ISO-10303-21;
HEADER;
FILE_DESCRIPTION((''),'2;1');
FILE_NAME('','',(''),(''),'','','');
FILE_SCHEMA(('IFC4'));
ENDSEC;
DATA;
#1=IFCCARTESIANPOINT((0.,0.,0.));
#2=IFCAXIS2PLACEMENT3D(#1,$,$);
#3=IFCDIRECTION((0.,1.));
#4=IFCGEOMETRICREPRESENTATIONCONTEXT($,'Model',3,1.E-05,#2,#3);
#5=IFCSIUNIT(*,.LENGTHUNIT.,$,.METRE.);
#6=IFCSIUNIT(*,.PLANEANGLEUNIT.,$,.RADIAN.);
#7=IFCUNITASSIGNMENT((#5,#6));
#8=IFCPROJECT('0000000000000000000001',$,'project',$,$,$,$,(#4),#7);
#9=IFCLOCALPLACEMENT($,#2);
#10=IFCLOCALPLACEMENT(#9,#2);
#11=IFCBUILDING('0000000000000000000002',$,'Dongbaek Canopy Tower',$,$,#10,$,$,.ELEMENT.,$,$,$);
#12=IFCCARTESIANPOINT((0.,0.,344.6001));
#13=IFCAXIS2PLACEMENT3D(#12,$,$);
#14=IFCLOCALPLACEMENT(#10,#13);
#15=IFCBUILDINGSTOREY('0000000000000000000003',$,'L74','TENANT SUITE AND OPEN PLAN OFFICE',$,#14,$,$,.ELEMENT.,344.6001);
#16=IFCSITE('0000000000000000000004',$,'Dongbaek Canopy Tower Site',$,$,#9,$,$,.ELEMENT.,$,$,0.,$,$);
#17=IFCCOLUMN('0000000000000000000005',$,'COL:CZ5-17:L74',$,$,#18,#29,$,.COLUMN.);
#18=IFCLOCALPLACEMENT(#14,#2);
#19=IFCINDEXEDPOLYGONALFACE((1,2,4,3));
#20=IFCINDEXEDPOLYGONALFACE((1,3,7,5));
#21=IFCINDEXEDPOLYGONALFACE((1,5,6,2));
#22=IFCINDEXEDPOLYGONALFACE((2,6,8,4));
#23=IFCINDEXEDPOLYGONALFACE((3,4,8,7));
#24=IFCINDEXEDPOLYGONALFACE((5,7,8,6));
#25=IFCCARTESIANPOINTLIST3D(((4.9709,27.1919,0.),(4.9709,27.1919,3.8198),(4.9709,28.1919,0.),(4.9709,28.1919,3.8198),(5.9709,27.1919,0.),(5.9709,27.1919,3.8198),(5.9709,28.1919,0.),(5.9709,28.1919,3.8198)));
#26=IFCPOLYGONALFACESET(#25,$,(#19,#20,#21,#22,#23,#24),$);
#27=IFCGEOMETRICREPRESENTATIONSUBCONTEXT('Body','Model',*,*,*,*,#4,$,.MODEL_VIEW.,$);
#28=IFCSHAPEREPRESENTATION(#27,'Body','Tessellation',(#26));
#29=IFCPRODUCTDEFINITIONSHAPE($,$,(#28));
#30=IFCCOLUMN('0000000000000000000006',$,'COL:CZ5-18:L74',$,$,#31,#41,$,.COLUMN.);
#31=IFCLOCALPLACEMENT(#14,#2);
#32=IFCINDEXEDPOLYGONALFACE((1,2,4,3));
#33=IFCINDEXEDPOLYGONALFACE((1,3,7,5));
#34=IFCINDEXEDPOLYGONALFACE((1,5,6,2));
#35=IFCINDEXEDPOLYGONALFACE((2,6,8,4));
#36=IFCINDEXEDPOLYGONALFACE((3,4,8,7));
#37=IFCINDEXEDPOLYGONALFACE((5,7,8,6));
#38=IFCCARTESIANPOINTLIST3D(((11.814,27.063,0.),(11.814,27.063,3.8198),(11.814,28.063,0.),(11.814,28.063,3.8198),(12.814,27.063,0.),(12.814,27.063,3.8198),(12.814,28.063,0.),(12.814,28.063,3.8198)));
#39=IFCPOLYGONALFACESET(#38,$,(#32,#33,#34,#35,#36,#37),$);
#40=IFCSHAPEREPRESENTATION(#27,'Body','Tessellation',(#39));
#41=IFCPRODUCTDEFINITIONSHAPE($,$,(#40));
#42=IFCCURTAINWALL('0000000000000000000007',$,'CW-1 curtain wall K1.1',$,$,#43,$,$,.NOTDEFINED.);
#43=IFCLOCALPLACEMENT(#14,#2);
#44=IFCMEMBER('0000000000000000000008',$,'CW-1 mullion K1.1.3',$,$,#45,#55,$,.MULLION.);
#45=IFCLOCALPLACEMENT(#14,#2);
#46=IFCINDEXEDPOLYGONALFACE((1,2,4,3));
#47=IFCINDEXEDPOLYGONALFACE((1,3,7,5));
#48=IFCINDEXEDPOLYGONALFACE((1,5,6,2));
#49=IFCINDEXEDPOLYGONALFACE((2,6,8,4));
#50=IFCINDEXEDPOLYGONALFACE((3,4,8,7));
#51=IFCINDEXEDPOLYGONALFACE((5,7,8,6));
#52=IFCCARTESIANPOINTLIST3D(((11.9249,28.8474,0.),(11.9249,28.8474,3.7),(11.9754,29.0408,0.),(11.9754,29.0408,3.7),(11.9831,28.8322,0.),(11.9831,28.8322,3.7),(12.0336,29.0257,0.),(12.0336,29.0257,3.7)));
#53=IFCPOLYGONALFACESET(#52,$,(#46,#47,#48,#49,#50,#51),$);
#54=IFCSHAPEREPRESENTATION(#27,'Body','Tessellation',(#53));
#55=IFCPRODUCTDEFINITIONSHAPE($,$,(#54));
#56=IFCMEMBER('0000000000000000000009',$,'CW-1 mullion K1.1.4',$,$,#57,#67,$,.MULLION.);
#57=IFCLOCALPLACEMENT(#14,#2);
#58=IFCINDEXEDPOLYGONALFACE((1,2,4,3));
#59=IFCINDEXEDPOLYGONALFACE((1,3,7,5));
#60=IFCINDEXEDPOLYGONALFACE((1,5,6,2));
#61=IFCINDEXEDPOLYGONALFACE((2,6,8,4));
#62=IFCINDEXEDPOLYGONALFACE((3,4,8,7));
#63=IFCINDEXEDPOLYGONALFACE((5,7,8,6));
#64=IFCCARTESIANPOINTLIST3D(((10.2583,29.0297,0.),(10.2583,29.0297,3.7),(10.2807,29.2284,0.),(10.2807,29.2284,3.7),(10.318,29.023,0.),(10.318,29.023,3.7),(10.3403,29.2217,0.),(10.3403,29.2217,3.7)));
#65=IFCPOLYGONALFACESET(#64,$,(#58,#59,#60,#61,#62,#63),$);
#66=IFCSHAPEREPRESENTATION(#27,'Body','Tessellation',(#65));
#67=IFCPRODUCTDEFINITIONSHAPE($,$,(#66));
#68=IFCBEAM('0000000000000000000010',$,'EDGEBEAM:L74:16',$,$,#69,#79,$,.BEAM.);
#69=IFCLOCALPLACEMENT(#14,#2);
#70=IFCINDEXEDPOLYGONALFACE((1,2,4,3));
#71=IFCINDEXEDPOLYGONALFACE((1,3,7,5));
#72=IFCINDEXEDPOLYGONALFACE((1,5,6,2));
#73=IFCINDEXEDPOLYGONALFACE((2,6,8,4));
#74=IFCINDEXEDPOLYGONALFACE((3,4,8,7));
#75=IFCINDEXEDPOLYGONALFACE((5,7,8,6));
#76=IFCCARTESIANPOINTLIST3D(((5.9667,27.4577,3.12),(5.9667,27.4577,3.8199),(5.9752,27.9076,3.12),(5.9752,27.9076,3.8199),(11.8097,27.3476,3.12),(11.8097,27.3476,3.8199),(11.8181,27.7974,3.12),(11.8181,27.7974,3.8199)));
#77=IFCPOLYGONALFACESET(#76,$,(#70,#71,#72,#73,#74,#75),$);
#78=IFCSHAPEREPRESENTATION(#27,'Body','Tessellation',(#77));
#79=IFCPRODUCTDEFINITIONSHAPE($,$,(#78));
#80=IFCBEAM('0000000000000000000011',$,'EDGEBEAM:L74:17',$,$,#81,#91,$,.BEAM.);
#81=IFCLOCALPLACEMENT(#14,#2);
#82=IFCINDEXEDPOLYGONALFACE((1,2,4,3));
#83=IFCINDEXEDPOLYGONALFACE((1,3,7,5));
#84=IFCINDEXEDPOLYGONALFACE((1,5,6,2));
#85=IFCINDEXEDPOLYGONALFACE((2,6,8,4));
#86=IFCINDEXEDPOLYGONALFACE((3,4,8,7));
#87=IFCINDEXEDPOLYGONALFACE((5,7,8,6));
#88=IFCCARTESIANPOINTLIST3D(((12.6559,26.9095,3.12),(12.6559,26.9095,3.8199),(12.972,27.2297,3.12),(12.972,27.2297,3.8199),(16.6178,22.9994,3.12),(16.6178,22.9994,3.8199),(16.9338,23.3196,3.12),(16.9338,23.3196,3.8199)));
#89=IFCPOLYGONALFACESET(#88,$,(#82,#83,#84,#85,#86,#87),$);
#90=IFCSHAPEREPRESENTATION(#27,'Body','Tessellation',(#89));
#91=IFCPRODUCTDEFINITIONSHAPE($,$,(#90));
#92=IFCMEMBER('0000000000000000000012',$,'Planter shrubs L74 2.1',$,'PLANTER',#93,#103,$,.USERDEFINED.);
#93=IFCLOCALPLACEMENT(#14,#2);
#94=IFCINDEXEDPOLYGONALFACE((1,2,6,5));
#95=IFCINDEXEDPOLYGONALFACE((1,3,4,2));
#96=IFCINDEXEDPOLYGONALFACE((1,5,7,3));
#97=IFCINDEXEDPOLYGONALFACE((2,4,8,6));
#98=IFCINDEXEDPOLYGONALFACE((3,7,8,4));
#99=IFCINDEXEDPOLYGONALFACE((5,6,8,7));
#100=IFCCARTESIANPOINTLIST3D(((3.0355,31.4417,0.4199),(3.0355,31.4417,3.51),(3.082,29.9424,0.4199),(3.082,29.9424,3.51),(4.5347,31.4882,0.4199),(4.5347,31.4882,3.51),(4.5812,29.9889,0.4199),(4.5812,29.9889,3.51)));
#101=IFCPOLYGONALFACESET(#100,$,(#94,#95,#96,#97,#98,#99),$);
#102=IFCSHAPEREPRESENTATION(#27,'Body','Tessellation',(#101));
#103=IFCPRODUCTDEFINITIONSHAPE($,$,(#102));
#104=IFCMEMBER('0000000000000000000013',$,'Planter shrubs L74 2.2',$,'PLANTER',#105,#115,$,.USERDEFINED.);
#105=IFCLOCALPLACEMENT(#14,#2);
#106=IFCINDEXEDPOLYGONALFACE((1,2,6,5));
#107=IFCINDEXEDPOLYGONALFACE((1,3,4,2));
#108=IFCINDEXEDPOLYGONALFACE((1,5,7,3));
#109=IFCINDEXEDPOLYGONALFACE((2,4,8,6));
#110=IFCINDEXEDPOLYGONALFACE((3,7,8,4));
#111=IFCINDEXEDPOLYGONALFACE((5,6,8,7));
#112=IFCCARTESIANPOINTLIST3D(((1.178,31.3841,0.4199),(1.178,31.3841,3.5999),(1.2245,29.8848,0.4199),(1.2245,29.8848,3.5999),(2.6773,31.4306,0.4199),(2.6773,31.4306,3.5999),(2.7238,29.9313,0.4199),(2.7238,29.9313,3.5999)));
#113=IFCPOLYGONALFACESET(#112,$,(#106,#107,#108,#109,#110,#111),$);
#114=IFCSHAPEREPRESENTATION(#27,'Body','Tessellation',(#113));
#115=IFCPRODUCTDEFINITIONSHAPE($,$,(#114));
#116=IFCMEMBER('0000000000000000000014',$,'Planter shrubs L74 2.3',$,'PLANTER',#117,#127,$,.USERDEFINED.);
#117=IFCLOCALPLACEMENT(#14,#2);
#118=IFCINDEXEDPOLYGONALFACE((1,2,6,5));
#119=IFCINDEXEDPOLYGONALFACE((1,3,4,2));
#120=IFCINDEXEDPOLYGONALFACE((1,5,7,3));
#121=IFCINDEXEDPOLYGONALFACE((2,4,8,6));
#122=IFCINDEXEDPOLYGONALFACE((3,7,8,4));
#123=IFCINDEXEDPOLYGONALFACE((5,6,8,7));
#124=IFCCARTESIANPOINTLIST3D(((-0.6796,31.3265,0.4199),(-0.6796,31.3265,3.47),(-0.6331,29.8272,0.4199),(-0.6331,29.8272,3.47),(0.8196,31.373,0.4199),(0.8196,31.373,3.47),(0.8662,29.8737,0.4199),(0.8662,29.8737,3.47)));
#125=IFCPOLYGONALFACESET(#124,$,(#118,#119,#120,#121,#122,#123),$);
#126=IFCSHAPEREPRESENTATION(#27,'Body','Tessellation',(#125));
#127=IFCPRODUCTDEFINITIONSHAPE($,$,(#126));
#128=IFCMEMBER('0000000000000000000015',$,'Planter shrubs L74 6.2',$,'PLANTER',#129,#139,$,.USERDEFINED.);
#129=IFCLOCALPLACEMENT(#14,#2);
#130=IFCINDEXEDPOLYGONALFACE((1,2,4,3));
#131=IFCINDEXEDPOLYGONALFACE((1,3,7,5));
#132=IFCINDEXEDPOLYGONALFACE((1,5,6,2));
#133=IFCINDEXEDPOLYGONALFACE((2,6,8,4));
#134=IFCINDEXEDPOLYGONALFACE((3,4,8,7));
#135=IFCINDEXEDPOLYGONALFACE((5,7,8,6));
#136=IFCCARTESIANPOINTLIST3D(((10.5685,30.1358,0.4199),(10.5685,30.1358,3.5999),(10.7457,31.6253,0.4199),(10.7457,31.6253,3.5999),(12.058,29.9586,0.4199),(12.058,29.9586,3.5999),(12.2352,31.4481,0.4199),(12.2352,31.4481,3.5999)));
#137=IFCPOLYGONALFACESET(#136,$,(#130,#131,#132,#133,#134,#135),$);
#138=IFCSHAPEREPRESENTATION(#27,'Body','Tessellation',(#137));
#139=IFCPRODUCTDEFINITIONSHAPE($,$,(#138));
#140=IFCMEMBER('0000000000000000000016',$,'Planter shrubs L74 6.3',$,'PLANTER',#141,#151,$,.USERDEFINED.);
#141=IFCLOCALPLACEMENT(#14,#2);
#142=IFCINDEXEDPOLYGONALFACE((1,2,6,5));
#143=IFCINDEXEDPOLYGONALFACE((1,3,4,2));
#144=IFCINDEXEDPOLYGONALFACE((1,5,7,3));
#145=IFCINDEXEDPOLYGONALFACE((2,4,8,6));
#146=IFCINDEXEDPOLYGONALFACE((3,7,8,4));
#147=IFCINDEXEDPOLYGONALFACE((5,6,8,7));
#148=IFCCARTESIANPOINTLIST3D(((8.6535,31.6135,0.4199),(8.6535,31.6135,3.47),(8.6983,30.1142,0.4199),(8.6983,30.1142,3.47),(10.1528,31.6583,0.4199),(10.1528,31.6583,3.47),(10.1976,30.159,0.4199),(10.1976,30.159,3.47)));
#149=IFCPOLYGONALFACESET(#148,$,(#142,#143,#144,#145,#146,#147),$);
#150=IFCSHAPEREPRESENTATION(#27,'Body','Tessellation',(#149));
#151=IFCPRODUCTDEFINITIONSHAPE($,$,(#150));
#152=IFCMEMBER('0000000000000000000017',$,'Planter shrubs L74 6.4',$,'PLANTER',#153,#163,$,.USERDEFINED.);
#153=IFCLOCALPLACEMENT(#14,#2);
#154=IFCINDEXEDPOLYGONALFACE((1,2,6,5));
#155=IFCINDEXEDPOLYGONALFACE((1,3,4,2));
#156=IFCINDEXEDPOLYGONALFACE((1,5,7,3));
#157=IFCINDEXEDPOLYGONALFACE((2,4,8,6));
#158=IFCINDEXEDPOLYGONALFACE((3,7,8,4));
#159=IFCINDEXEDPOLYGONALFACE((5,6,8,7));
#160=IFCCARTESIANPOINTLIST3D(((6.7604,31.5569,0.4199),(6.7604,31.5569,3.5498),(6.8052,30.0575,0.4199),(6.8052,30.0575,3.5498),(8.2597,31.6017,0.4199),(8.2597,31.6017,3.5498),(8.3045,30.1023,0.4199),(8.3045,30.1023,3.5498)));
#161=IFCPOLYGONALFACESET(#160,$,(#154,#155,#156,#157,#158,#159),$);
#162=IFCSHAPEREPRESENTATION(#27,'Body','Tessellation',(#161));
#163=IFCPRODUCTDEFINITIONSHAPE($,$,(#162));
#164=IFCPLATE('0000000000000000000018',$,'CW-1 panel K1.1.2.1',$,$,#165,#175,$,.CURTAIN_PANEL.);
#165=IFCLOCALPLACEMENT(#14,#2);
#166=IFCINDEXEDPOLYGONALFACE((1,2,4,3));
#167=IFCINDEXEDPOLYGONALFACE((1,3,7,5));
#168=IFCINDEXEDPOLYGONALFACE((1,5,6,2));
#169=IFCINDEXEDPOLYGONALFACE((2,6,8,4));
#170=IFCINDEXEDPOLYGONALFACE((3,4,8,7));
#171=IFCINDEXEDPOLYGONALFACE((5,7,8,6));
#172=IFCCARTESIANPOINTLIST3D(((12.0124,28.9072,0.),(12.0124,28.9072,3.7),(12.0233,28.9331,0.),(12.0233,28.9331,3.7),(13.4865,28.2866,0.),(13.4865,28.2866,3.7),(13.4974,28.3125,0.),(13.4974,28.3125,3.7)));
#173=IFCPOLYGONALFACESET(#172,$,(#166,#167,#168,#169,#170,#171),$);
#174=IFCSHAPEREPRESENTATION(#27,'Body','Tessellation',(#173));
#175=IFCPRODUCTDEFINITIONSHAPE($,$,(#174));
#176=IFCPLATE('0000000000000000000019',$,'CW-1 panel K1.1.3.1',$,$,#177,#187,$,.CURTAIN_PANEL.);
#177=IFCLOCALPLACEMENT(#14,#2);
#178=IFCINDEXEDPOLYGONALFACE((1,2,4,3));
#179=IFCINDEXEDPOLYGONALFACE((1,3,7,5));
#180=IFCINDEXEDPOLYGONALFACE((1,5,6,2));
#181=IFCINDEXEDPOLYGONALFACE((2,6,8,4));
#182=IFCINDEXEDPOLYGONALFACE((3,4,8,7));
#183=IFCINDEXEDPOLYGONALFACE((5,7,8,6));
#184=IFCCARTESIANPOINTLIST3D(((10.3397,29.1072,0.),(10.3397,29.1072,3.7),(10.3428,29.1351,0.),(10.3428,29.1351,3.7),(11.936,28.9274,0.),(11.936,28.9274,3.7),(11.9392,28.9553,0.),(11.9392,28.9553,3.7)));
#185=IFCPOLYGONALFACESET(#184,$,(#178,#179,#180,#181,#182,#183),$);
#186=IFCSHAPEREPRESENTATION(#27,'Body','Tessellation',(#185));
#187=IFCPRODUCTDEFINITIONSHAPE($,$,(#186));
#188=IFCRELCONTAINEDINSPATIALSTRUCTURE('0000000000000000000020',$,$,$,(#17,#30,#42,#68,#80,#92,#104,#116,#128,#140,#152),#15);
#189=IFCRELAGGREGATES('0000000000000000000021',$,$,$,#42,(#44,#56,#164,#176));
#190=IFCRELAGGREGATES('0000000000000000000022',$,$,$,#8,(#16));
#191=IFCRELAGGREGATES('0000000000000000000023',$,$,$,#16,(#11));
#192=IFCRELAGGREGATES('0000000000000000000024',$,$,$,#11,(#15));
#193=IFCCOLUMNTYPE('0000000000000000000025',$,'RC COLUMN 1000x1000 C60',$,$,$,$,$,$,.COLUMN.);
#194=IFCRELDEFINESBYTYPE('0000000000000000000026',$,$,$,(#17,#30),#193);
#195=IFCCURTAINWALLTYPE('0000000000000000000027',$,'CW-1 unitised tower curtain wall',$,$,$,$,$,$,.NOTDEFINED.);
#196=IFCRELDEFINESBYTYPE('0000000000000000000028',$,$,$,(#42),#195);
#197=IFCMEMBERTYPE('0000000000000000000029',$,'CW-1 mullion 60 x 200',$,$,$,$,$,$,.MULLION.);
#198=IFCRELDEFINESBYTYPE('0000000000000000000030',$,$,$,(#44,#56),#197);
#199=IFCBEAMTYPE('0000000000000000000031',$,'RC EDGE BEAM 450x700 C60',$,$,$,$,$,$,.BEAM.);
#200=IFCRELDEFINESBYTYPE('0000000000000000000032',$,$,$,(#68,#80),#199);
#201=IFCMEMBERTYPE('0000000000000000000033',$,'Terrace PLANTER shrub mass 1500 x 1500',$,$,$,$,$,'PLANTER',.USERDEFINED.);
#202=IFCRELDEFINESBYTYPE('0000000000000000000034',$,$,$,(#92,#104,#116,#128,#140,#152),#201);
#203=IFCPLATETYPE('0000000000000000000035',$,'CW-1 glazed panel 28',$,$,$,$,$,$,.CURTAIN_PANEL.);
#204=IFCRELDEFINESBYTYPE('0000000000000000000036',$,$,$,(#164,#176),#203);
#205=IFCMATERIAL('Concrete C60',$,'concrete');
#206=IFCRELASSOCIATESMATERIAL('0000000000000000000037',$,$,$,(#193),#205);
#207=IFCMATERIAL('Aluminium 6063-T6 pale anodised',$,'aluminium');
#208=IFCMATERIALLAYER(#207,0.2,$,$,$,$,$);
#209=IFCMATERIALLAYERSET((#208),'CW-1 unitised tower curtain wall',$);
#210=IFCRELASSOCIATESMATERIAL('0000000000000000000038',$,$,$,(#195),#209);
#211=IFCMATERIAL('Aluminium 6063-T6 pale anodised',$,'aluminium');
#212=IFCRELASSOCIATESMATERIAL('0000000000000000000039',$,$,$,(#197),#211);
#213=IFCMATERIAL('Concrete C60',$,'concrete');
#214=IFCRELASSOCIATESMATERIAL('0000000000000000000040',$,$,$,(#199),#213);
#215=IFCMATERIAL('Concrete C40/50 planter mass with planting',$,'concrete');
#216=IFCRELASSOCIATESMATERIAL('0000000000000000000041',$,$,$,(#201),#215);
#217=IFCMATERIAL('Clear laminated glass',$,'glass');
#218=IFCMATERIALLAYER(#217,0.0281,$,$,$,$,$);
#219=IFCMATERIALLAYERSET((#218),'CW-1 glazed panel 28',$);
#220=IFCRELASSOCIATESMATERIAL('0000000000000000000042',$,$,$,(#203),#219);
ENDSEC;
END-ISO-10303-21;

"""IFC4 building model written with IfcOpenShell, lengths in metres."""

from ifc_helpers import new_model, si_unit, direction, frame, origin, origin_2d, place, context, subcontext, project, spatial, rectangle, extrude, material, layer, layer_set, material_profile, profile_set, type_object, element, aggregate, save


model = new_model("IFC4")

# Units and contexts
model_context = context("Model", 3, precision=1e-05, world=origin(), true_north=direction((0.0, 1.0)))
body_context = subcontext(model_context, "Body", "Model", "MODEL_VIEW")
ifc_project = project(units=[si_unit("LENGTHUNIT", "METRE"), si_unit("PLANEANGLEUNIT", "RADIAN")], contexts=[model_context])

# Site, building, storey
site_placement = place(None, origin())
site = spatial("IfcSite", under=ifc_project, at=site_placement, Name="Dongbaek Canopy Tower Site", CompositionType="ELEMENT", RefElevation=0.0)
building_placement = place(site_placement, origin())
building = spatial("IfcBuilding", under=site, at=building_placement, Name="Dongbaek Canopy Tower", CompositionType="ELEMENT")
storey_placement = place(building_placement, frame((0.0, 0.0, 344.6001)))
storey = spatial("IfcBuildingStorey", under=building, at=storey_placement, Name="L74", Description="TENANT SUITE AND OPEN PLAN OFFICE", CompositionType="ELEMENT", Elevation=344.6001)

# Columns
ifc_material_1 = material(Name="Concrete C60", Category="concrete")
ifc_material_profile_1 = material_profile(ifc_material_1, rectangle(XDim=1.0, YDim=1.0, at=origin_2d()), Name="RC COLUMN 1000x1000 C60")
ifc_profile_set_1 = profile_set([ifc_material_profile_1], Name="Concrete C60")
column_type = type_object("IfcColumnType", Name="RC COLUMN 1000x1000 C60", PredefinedType="COLUMN", material=ifc_profile_set_1)
for number, where, z_axis, x_axis, name in (
    (1, (5.4709, 27.6919, 0.0), (0.0, 0.0, 1.0), (1.0, 0.0, 0.0), "COL:CZ5-17:L74"),
    (2, (12.314, 27.563, 0.0), (0.0, 0.0, 1.0), (1.0, 0.0, 0.0), "COL:CZ5-18:L74"),
):
    element("IfcColumn", number, at=place(storey_placement, frame(where, z_axis=z_axis, x_axis=x_axis)), inside=storey, type_object=column_type, Name=name, PredefinedType="COLUMN", context=body_context, shape_type="SweptSolid", body=[
        extrude(rectangle(XDim=1.0, YDim=1.0, at=origin_2d()), origin(), (0.0, 0.0, 1.0), 3.8198),
    ])

# Curtain wall, members
ifc_material_2 = material(Name="Aluminium 6063-T6 pale anodised", Category="aluminium")
ifc_layer_1 = layer(ifc_material_2, 0.2)
ifc_layer_set_1 = layer_set([ifc_layer_1], Name="CW-1 unitised tower curtain wall")
curtain_wall_type = type_object("IfcCurtainWallType", Name="CW-1 unitised tower curtain wall", PredefinedType="NOTDEFINED", material=ifc_layer_set_1)
curtain_wall_placement = place(storey_placement, origin())
curtain_wall = element("IfcCurtainWall", 3, at=curtain_wall_placement, inside=storey, type_object=curtain_wall_type, Name="CW-1 curtain wall K1.1", PredefinedType="NOTDEFINED")
ifc_material_3 = material(Name="Aluminium 6063-T6 pale anodised", Category="aluminium")
ifc_material_profile_2 = material_profile(ifc_material_3, rectangle(XDim=0.2, YDim=0.0601, at=origin_2d()), Name="CW-1 mullion 60 x 200")
ifc_profile_set_2 = profile_set([ifc_material_profile_2], Name="Aluminium 6063-T6 pale anodised")
member_type_1 = type_object("IfcMemberType", Name="CW-1 mullion 60 x 200", PredefinedType="MULLION", material=ifc_profile_set_2)
member_1_placement = place(storey_placement, frame((11.9792, 28.9365, 0.0), z_axis=(0.0, 0.0, 1.0), x_axis=(0.252556, 0.967582, 0.0)))
member_1 = element("IfcMember", 4, at=member_1_placement, type_object=member_type_1, Name="CW-1 mullion K1.1.3", PredefinedType="MULLION", context=body_context, shape_type="SweptSolid", body=[
    extrude(rectangle(XDim=0.2, YDim=0.0601, at=origin_2d()), origin(), (0.0, 0.0, 1.0), 3.7),
])
member_2_placement = place(storey_placement, frame((10.2993, 29.1257, 0.0), z_axis=(0.0, 0.0, 1.0), x_axis=(0.111921, 0.993717, 0.0)))
member_2 = element("IfcMember", 5, at=member_2_placement, type_object=member_type_1, Name="CW-1 mullion K1.1.4", PredefinedType="MULLION", context=body_context, shape_type="SweptSolid", body=[
    extrude(rectangle(XDim=0.2, YDim=0.0601, at=origin_2d()), origin(), (0.0, 0.0, 1.0), 3.7),
])

# Beams
ifc_material_4 = material(Name="Concrete C60", Category="concrete")
ifc_material_profile_3 = material_profile(ifc_material_4, rectangle(XDim=0.45, YDim=0.7, at=origin_2d()), Name="RC EDGE BEAM 450x700 C60")
ifc_profile_set_3 = profile_set([ifc_material_profile_3], Name="Concrete C60")
beam_type = type_object("IfcBeamType", Name="RC EDGE BEAM 450x700 C60", PredefinedType="BEAM", material=ifc_profile_set_3)
beam_1_placement = place(storey_placement, frame((5.9709, 27.6826, 3.47), z_axis=(0.999822, -0.018841, 0.0), x_axis=(0.018841, 0.999822, 0.0)))
element("IfcBeam", 6, at=beam_1_placement, inside=storey, type_object=beam_type, Name="EDGEBEAM:L74:16", PredefinedType="BEAM", context=body_context, shape_type="SweptSolid", body=[
    extrude(rectangle(XDim=0.45, YDim=0.7, at=origin_2d()), origin(), (0.0, 0.0, 1.0), 5.844),
])
beam_2_placement = place(storey_placement, frame((12.814, 27.0696, 3.47), z_axis=(0.711741, -0.702442, 0.0), x_axis=(0.702442, 0.711741, 0.0)))
element("IfcBeam", 7, at=beam_2_placement, inside=storey, type_object=beam_type, Name="EDGEBEAM:L74:17", PredefinedType="BEAM", context=body_context, shape_type="SweptSolid", body=[
    extrude(rectangle(XDim=0.45, YDim=0.7, at=origin_2d()), origin(), (0.0, 0.0, 1.0), 5.5664),
])

# Members
ifc_material_5 = material(Name="Concrete C40/50 planter mass with planting", Category="concrete")
ifc_material_profile_4 = material_profile(ifc_material_5, rectangle(XDim=1.5, YDim=1.5, at=origin_2d()), Name="Terrace PLANTER shrub mass 1500 x 1500")
ifc_profile_set_4 = profile_set([ifc_material_profile_4], Name="Concrete C40/50 planter mass with planting")
member_type_2 = type_object("IfcMemberType", Name="Terrace PLANTER shrub mass 1500 x 1500", ElementType="PLANTER", PredefinedType="USERDEFINED", material=ifc_profile_set_4)
member_3_placement = place(storey_placement, frame((3.8083, 30.7153, 0.4199), z_axis=(0.0, 0.0, 1.0), x_axis=(-0.031003, 0.999519, 0.0)))
element("IfcMember", 8, at=member_3_placement, inside=storey, type_object=member_type_2, Name="Planter shrubs L74 2.1", ObjectType="PLANTER", PredefinedType="USERDEFINED", context=body_context, shape_type="SweptSolid", body=[
    extrude(rectangle(XDim=1.5, YDim=1.5, at=origin_2d()), origin(), (0.0, 0.0, 1.0), 3.0901),
])
member_4_placement = place(storey_placement, frame((1.9509, 30.6577, 0.4199), z_axis=(0.0, 0.0, 1.0), x_axis=(-0.031003, 0.999519, 0.0)))
element("IfcMember", 9, at=member_4_placement, inside=storey, type_object=member_type_2, Name="Planter shrubs L74 2.2", ObjectType="PLANTER", PredefinedType="USERDEFINED", context=body_context, shape_type="SweptSolid", body=[
    extrude(rectangle(XDim=1.5, YDim=1.5, at=origin_2d()), origin(), (0.0, 0.0, 1.0), 3.1799),
])
member_5_placement = place(storey_placement, frame((0.0933, 30.6001, 0.4199), z_axis=(0.0, 0.0, 1.0), x_axis=(-0.031003, 0.999519, 0.0)))
element("IfcMember", 10, at=member_5_placement, inside=storey, type_object=member_type_2, Name="Planter shrubs L74 2.3", ObjectType="PLANTER", PredefinedType="USERDEFINED", context=body_context, shape_type="SweptSolid", body=[
    extrude(rectangle(XDim=1.5, YDim=1.5, at=origin_2d()), origin(), (0.0, 0.0, 1.0), 3.05),
])
member_6_placement = place(storey_placement, frame((11.4019, 30.792, 0.4199), z_axis=(0.0, 0.0, 1.0), x_axis=(0.118129, 0.992998, 0.0)))
element("IfcMember", 11, at=member_6_placement, inside=storey, type_object=member_type_2, Name="Planter shrubs L74 6.2", ObjectType="PLANTER", PredefinedType="USERDEFINED", context=body_context, shape_type="SweptSolid", body=[
    extrude(rectangle(XDim=1.5, YDim=1.5, at=origin_2d()), origin(), (0.0, 0.0, 1.0), 3.1799),
])
member_7_placement = place(storey_placement, frame((9.4255, 30.8862, 0.4199), z_axis=(0.0, 0.0, 1.0), x_axis=(-0.029861, 0.999554, 0.0)))
element("IfcMember", 12, at=member_7_placement, inside=storey, type_object=member_type_2, Name="Planter shrubs L74 6.3", ObjectType="PLANTER", PredefinedType="USERDEFINED", context=body_context, shape_type="SweptSolid", body=[
    extrude(rectangle(XDim=1.5, YDim=1.5, at=origin_2d()), origin(), (0.0, 0.0, 1.0), 3.05),
])
member_8_placement = place(storey_placement, frame((7.5325, 30.8296, 0.4199), z_axis=(0.0, 0.0, 1.0), x_axis=(-0.029861, 0.999554, 0.0)))
element("IfcMember", 13, at=member_8_placement, inside=storey, type_object=member_type_2, Name="Planter shrubs L74 6.4", ObjectType="PLANTER", PredefinedType="USERDEFINED", context=body_context, shape_type="SweptSolid", body=[
    extrude(rectangle(XDim=1.5, YDim=1.5, at=origin_2d()), origin(), (0.0, 0.0, 1.0), 3.1299),
])

# Plates
ifc_material_6 = material(Name="Clear laminated glass", Category="glass")
ifc_layer_2 = layer(ifc_material_6, 0.0281)
ifc_layer_set_2 = layer_set([ifc_layer_2], Name="CW-1 glazed panel 28")
plate_type = type_object("IfcPlateType", Name="CW-1 glazed panel 28", PredefinedType="CURTAIN_PANEL", material=ifc_layer_set_2)
plate_1_placement = place(storey_placement, frame((12.7549, 28.6099, 0.0), z_axis=(0.0, 0.0, 1.0), x_axis=(-0.92165, 0.388023, 0.0)))
plate_1 = element("IfcPlate", 14, at=plate_1_placement, type_object=plate_type, Name="CW-1 panel K1.1.2.1", PredefinedType="CURTAIN_PANEL", context=body_context, shape_type="SweptSolid", body=[
    extrude(rectangle(XDim=1.5994, YDim=0.0281, at=origin_2d()), origin(), (0.0, 0.0, 1.0), 3.7),
])
plate_2_placement = place(storey_placement, frame((11.1394, 29.0312, 0.0), z_axis=(0.0, 0.0, 1.0), x_axis=(-0.993717, 0.111921, 0.0)))
plate_2 = element("IfcPlate", 15, at=plate_2_placement, type_object=plate_type, Name="CW-1 panel K1.1.3.1", PredefinedType="CURTAIN_PANEL", context=body_context, shape_type="SweptSolid", body=[
    extrude(rectangle(XDim=1.6064, YDim=0.0281, at=origin_2d()), origin(), (0.0, 0.0, 1.0), 3.7),
])
aggregate(curtain_wall, [member_1, member_2, plate_1, plate_2])

save(model, "model.ifc")
